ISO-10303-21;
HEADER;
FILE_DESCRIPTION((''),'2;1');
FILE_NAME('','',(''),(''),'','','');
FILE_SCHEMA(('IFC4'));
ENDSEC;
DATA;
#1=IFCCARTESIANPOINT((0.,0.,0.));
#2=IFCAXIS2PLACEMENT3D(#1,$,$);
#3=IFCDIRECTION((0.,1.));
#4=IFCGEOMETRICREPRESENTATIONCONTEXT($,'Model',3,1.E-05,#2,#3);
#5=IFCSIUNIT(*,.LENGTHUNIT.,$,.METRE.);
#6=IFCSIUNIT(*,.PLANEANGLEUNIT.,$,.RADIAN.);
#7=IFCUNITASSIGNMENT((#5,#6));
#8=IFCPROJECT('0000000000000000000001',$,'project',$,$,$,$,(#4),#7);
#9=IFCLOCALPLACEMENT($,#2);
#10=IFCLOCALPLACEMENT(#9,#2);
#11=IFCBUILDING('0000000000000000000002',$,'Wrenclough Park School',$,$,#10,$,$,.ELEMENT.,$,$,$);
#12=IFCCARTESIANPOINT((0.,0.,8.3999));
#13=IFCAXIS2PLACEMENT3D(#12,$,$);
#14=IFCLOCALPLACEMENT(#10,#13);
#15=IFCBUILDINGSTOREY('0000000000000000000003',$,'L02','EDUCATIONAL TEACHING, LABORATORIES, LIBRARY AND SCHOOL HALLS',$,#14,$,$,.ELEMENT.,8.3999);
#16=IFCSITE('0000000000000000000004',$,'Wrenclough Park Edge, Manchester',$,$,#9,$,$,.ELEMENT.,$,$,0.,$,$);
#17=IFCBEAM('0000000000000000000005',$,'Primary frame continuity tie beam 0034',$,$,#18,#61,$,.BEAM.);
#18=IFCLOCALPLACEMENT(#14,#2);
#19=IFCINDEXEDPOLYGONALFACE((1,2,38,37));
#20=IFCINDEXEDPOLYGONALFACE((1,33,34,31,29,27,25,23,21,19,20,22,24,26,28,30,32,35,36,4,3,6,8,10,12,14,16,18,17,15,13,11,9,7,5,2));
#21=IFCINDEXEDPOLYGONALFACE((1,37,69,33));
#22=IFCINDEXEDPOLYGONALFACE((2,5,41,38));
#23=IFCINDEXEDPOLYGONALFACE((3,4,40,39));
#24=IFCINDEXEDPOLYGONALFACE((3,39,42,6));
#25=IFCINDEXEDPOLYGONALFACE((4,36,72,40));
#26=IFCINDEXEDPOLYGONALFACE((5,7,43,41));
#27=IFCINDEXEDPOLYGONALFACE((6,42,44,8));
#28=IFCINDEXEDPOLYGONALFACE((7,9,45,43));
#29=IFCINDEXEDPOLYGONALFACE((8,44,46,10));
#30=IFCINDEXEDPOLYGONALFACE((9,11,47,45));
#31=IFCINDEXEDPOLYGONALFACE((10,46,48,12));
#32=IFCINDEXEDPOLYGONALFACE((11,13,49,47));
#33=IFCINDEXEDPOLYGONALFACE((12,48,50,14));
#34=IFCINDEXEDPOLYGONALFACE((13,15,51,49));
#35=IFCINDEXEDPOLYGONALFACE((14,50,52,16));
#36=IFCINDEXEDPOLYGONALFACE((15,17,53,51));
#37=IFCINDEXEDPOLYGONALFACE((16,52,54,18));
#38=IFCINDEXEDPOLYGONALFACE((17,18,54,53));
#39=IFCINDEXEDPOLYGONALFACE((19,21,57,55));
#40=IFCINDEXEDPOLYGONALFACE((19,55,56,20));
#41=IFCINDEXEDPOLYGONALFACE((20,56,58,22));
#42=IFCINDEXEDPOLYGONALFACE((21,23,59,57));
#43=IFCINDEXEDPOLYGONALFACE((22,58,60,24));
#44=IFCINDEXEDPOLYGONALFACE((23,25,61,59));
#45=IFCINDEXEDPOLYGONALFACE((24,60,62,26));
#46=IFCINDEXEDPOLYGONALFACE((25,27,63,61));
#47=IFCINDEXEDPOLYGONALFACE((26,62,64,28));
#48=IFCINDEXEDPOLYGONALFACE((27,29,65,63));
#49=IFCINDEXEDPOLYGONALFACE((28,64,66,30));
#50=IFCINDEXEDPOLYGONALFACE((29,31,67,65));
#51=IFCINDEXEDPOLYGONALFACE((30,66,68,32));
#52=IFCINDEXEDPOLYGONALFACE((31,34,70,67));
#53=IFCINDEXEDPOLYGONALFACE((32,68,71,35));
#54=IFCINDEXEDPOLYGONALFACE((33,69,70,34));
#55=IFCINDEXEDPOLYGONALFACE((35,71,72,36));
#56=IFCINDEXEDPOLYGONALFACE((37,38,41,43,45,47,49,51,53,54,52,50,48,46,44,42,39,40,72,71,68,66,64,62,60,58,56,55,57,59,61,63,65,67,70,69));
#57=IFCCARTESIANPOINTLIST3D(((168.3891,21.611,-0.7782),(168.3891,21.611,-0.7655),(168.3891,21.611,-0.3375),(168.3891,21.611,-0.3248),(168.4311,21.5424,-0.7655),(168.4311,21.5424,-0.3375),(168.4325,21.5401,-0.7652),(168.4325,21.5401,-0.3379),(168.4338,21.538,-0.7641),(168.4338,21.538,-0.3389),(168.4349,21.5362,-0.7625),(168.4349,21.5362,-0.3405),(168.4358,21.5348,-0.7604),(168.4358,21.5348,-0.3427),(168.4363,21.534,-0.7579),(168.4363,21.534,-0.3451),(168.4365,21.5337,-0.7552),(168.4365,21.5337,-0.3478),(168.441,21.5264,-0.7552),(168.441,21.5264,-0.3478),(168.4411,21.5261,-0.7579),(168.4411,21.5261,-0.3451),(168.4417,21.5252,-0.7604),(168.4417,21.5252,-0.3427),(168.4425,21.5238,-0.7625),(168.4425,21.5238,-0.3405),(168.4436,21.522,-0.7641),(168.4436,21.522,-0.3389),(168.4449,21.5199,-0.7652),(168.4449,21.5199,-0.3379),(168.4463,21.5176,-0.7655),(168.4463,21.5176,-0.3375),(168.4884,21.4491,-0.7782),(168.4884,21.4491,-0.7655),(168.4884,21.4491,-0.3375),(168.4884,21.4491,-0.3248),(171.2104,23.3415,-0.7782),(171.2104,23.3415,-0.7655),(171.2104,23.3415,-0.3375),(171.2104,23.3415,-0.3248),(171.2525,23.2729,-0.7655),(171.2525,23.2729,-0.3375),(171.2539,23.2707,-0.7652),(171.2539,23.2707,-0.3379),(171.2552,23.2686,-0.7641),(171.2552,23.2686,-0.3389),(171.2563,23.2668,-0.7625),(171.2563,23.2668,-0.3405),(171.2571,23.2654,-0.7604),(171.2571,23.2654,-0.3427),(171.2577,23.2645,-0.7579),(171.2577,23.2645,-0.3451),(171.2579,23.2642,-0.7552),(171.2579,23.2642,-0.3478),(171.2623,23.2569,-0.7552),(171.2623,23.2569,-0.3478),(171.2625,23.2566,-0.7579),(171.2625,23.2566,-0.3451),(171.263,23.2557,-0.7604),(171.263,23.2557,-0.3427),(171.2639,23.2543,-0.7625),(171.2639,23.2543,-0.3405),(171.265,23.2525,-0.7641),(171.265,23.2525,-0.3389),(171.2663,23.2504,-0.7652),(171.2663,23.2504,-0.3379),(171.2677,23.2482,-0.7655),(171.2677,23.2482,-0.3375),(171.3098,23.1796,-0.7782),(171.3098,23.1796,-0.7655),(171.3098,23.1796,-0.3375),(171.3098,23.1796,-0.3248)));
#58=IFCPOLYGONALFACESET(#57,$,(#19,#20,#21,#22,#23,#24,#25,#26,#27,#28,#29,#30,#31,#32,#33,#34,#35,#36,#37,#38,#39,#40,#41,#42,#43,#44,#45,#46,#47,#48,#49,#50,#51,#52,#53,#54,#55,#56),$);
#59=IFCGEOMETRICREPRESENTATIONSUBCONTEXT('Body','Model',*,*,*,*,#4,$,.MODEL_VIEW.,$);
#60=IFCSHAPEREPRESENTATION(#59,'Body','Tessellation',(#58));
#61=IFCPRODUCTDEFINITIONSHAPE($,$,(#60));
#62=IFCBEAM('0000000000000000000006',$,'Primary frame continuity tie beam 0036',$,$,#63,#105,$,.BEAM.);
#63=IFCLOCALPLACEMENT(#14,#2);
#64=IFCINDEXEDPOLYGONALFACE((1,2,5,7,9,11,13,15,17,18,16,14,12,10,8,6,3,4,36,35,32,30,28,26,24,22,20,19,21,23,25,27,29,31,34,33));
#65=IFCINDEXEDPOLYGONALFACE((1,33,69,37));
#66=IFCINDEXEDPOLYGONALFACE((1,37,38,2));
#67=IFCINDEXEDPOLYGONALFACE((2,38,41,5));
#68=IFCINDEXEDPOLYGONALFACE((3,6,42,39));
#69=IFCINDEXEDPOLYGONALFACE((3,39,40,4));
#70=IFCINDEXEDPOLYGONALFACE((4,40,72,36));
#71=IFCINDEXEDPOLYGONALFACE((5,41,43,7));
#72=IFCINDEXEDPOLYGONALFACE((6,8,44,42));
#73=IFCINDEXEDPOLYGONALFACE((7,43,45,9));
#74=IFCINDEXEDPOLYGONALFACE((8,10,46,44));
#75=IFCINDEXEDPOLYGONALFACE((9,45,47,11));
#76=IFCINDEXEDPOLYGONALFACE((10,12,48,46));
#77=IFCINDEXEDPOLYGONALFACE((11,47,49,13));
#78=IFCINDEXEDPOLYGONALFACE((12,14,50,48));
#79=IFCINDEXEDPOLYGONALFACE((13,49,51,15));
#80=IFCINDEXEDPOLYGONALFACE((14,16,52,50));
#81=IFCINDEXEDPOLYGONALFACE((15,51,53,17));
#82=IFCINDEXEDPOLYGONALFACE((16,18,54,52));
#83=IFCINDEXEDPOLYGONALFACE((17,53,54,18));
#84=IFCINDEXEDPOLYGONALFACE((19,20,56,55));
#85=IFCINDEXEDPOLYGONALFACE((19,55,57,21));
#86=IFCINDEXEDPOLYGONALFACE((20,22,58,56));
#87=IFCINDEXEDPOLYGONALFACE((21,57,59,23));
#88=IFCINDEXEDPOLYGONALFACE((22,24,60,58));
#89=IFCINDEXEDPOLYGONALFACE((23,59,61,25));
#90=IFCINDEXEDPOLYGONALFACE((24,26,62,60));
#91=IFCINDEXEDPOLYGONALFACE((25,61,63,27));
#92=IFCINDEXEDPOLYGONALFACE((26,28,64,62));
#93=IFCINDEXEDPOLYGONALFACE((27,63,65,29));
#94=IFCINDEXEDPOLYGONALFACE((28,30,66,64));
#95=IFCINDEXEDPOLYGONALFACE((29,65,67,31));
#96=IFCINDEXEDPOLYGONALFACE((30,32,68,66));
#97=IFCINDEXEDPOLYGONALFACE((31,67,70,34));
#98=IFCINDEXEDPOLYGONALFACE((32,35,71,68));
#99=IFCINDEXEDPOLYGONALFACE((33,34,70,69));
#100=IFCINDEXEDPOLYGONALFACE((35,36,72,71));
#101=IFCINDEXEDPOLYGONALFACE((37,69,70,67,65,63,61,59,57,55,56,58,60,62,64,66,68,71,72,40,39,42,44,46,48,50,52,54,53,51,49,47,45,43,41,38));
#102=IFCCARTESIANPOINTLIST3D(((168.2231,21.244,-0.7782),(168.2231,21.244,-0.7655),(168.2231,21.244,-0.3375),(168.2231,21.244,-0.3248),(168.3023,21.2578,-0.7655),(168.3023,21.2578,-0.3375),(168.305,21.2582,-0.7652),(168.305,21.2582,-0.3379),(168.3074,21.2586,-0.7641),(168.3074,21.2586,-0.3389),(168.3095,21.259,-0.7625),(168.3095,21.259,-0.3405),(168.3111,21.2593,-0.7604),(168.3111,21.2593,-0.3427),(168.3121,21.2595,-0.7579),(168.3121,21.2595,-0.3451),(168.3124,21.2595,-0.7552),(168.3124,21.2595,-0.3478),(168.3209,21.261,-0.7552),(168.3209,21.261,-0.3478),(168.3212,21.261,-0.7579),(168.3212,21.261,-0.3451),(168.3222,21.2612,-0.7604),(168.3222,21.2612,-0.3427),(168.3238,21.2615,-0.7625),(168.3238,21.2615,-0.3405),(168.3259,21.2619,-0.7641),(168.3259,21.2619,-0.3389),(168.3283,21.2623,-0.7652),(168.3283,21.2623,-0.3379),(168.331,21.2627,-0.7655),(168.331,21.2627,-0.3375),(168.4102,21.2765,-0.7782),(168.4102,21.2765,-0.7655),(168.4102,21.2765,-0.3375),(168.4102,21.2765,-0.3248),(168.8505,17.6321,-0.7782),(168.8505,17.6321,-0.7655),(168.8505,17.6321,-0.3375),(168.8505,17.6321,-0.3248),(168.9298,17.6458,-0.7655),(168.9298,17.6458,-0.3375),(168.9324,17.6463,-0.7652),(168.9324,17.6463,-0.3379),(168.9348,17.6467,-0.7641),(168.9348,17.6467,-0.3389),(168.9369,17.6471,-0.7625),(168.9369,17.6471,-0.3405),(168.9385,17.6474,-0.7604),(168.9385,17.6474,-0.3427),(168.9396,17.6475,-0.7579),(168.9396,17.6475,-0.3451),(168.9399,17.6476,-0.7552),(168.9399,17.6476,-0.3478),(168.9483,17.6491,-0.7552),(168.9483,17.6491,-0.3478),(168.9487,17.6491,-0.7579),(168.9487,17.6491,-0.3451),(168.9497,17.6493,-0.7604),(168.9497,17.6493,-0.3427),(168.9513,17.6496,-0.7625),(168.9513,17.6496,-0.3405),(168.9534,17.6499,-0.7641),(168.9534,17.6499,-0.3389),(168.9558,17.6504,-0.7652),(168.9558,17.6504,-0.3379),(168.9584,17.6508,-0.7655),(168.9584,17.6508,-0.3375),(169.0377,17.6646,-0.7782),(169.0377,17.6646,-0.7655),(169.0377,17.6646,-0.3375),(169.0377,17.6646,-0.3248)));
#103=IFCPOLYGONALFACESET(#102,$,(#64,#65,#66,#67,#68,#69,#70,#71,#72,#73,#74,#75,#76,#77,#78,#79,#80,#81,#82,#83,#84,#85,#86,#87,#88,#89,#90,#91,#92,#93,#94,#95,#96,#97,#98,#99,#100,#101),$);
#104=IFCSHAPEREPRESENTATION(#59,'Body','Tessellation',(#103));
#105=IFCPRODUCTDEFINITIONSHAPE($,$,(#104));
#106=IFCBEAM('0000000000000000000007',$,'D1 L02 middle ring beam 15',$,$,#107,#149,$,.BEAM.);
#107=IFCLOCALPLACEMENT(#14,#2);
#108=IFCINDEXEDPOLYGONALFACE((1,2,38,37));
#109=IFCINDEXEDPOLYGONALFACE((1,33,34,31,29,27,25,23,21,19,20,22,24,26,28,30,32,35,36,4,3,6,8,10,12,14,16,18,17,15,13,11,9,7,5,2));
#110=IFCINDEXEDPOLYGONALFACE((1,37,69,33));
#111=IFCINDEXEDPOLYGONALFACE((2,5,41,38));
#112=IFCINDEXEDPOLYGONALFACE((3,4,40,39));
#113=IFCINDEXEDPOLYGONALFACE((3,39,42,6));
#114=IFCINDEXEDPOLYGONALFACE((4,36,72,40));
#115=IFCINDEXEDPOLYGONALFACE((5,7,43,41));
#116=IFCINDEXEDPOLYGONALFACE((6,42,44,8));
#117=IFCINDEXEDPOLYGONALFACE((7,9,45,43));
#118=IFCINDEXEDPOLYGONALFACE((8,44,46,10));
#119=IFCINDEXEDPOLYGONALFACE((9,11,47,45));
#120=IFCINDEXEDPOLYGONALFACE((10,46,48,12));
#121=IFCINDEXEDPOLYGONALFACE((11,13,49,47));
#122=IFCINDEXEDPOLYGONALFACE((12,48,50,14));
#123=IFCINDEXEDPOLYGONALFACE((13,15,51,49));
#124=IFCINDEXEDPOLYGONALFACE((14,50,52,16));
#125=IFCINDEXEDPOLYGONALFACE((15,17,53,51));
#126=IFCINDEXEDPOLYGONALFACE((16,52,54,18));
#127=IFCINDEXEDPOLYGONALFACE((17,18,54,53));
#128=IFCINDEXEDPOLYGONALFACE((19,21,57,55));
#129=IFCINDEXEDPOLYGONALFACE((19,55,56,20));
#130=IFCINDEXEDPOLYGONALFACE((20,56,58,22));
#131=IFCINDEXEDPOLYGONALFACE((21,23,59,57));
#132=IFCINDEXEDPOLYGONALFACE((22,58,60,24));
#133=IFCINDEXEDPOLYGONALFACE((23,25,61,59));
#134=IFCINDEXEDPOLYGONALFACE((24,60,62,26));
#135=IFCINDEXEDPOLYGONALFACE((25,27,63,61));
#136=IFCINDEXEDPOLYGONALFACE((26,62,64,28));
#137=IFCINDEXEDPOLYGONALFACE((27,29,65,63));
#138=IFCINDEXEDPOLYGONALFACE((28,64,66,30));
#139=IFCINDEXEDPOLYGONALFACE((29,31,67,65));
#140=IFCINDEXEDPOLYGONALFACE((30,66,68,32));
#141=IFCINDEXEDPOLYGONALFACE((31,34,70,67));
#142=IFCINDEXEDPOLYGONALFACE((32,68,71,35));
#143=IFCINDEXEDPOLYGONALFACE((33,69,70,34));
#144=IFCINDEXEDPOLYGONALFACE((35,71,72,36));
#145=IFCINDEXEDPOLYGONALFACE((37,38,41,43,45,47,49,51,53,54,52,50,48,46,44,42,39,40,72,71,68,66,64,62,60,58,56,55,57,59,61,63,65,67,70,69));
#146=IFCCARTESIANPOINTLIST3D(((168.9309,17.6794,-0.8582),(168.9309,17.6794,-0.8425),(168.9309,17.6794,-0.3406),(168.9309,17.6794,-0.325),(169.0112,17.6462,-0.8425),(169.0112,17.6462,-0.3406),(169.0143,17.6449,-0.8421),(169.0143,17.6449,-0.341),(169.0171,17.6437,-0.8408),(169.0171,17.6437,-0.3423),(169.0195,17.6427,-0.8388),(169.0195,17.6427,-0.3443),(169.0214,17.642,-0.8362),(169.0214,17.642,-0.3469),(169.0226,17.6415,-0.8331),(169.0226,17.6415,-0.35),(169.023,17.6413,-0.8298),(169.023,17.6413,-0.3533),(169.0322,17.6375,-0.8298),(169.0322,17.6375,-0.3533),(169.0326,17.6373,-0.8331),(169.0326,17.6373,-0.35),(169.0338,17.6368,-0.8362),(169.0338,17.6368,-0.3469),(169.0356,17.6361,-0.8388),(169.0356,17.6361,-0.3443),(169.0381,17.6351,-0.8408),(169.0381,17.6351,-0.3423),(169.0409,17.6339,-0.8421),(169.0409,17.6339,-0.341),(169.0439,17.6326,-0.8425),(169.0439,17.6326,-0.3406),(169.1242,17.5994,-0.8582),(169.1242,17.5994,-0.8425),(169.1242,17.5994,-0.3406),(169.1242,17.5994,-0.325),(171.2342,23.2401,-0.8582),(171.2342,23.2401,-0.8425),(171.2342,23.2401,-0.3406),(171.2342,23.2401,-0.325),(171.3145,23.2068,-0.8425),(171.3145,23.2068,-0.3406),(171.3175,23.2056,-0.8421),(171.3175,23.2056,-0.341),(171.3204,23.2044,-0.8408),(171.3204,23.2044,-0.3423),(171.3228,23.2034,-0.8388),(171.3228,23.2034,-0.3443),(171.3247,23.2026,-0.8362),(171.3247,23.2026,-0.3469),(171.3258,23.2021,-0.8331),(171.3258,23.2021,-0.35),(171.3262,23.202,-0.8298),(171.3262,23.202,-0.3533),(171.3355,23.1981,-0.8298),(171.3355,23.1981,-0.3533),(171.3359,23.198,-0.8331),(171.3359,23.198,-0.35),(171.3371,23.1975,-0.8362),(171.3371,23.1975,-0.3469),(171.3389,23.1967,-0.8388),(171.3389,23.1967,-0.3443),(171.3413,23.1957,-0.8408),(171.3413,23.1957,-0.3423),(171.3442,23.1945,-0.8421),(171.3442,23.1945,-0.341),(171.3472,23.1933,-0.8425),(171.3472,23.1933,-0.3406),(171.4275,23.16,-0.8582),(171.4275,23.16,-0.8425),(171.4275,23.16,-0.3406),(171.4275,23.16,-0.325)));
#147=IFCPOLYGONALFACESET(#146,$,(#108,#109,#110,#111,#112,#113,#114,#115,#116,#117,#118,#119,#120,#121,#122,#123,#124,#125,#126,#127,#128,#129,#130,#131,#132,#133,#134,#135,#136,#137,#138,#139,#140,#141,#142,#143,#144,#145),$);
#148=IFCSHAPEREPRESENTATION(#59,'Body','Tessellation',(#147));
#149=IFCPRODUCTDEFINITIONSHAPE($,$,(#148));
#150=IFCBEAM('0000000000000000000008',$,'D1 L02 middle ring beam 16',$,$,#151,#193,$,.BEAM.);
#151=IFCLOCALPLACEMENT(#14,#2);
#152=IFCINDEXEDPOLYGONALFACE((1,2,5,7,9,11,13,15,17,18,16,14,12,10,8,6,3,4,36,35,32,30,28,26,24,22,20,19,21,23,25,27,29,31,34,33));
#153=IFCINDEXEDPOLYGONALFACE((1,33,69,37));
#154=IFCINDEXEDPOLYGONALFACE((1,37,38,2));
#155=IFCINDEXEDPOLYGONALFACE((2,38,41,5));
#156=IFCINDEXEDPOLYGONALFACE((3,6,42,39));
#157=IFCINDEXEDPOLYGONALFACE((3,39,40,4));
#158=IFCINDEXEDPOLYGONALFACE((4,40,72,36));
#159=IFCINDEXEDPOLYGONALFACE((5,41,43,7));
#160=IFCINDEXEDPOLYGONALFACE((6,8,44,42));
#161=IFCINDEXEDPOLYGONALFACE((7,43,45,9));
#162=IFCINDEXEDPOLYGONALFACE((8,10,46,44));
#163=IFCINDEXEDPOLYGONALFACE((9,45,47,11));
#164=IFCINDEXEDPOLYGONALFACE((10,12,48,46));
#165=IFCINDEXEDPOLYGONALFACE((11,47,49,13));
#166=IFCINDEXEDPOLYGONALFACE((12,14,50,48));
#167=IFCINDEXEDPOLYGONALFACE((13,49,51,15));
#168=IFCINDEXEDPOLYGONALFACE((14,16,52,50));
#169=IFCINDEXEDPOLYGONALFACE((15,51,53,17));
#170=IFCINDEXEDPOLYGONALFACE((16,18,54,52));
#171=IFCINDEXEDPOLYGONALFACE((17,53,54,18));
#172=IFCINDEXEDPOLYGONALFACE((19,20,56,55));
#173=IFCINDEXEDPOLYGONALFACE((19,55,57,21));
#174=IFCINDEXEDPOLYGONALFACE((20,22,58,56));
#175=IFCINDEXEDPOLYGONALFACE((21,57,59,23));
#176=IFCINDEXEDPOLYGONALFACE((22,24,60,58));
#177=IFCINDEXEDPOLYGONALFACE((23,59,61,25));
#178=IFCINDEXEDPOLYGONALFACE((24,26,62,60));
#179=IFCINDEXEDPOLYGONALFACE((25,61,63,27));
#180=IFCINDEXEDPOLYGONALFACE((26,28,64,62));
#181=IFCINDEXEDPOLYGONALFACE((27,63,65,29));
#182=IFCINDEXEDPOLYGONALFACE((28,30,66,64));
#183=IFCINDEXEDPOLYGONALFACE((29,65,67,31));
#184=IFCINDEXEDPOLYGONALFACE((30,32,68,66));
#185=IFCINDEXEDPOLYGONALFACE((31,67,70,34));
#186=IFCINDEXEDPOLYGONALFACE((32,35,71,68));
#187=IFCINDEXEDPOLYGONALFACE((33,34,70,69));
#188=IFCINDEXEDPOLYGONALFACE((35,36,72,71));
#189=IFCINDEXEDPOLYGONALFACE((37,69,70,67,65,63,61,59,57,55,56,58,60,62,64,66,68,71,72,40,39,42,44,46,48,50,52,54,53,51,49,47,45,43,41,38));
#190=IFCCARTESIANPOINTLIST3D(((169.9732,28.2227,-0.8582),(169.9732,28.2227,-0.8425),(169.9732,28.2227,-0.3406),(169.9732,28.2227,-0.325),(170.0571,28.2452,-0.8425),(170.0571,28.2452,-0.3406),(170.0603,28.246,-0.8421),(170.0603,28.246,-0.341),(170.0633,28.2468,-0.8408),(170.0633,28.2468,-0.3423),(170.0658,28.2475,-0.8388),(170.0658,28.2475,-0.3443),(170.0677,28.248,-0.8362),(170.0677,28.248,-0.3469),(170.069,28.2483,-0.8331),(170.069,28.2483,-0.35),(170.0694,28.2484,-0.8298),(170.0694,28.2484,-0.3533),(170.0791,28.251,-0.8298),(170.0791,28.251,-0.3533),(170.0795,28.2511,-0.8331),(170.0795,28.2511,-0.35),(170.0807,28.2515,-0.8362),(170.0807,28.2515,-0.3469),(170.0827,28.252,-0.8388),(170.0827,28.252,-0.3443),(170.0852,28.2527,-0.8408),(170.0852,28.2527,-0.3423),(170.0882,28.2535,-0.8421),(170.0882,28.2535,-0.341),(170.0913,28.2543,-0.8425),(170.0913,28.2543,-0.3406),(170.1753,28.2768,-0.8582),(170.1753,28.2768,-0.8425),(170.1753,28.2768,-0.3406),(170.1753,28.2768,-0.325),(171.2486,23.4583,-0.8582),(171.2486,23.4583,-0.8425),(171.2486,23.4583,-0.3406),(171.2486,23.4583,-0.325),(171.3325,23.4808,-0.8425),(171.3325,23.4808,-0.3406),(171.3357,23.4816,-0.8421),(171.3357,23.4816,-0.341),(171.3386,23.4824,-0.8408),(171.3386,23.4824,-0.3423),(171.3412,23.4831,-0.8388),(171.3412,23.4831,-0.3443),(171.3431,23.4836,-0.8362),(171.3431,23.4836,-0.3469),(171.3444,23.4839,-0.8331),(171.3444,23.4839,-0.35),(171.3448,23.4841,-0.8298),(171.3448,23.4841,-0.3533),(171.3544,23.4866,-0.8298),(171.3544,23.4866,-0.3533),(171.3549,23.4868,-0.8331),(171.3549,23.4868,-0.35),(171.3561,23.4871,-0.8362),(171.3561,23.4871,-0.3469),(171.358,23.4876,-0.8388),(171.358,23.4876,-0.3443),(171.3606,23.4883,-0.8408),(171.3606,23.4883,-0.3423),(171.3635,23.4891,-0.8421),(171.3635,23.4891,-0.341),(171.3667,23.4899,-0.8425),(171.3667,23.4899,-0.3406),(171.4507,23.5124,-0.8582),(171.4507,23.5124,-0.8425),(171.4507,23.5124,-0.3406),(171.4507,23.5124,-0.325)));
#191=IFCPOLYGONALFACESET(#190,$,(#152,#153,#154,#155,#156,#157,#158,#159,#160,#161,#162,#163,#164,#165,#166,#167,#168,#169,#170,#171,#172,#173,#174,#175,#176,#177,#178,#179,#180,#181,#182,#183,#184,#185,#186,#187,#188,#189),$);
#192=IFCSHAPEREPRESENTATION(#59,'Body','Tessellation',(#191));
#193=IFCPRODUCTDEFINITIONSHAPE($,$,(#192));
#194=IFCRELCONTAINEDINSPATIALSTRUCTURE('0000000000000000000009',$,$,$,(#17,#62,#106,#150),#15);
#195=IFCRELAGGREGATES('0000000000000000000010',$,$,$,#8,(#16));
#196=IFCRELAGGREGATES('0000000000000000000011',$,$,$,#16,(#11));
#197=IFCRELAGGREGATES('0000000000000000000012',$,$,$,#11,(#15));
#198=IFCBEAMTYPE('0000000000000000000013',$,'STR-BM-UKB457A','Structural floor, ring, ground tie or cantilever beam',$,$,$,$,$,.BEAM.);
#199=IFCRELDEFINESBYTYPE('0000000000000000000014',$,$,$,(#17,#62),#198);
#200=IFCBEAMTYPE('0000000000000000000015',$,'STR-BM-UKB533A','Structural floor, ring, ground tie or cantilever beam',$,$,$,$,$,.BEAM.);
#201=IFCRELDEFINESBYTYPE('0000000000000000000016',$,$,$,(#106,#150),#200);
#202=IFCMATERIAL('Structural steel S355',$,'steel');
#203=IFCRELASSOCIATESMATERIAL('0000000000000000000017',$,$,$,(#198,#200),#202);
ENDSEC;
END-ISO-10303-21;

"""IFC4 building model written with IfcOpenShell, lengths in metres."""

from ifc_helpers import new_model, si_unit, direction, frame, origin, origin_2d, place, context, subcontext, project, spatial, i_section, extrude, material, material_profile, profile_set, type_object, element, save


model = new_model("IFC4")

# Units and contexts
model_context = context("Model", 3, precision=1e-05, world=origin(), true_north=direction((0.0, 1.0)))
body_context = subcontext(model_context, "Body", "Model", "MODEL_VIEW")
ifc_project = project(units=[si_unit("LENGTHUNIT", "METRE"), si_unit("PLANEANGLEUNIT", "RADIAN")], contexts=[model_context])

# Site, building, storey
site_placement = place(None, origin())
site = spatial("IfcSite", under=ifc_project, at=site_placement, Name="Wrenclough Park Edge, Manchester", CompositionType="ELEMENT", RefElevation=0.0)
building_placement = place(site_placement, origin())
building = spatial("IfcBuilding", under=site, at=building_placement, Name="Wrenclough Park School", CompositionType="ELEMENT")
storey_placement = place(building_placement, frame((0.0, 0.0, 8.3999)))
storey = spatial("IfcBuildingStorey", under=building, at=storey_placement, Name="L02", Description="EDUCATIONAL TEACHING, LABORATORIES, LIBRARY AND SCHOOL HALLS", CompositionType="ELEMENT", Elevation=8.3999)

# Shared definitions
ifc_material_1 = material(Name="Structural steel S355", Category="steel")

# Beams
ifc_material_profile_1 = material_profile(ifc_material_1, i_section(OverallWidth=0.1899, OverallDepth=0.4534, WebThickness=0.0085, FlangeThickness=0.0127, FilletRadius=0.0103, at=origin_2d()), Name="UKB 457x191x67")
ifc_profile_set_1 = profile_set([ifc_material_profile_1], Name="Structural steel S355")
beam_type_1 = type_object("IfcBeamType", Name="STR-BM-UKB457A", Description="Structural floor, ring, ground tie or cantilever beam", PredefinedType="BEAM", material=ifc_profile_set_1)
beam_1_placement = place(storey_placement, frame((168.4387, 21.53, -0.5515), z_axis=(0.852427, 0.522846, 0.0), x_axis=(-0.522846, 0.852427, 0.0)))
element("IfcBeam", 1, at=beam_1_placement, inside=storey, type_object=beam_type_1, Name="Primary frame continuity tie beam 0034", PredefinedType="BEAM", context=body_context, shape_type="SweptSolid", body=[
    extrude(i_section(OverallWidth=0.1899, OverallDepth=0.4534, WebThickness=0.0085, FlangeThickness=0.0127, FilletRadius=0.0103, at=origin_2d()), origin(), (0.0, 0.0, 1.0), 3.3098),
])
beam_2_placement = place(storey_placement, frame((168.3167, 21.2603, -0.5515), z_axis=(0.171156, -0.985244, 0.0), x_axis=(0.985244, 0.171156, 0.0)))
element("IfcBeam", 2, at=beam_2_placement, inside=storey, type_object=beam_type_1, Name="Primary frame continuity tie beam 0036", PredefinedType="BEAM", context=body_context, shape_type="SweptSolid", body=[
    extrude(i_section(OverallWidth=0.1899, OverallDepth=0.4534, WebThickness=0.0085, FlangeThickness=0.0127, FilletRadius=0.0103, at=origin_2d()), origin(), (0.0, 0.0, 1.0), 3.666),
])
ifc_material_profile_2 = material_profile(ifc_material_1, i_section(OverallWidth=0.2092, OverallDepth=0.5332, WebThickness=0.01, FlangeThickness=0.0156, FilletRadius=0.0127, at=origin_2d()), Name="UKB 533x210x92")
ifc_profile_set_2 = profile_set([ifc_material_profile_2], Name="Structural steel S355")
beam_type_2 = type_object("IfcBeamType", Name="STR-BM-UKB533A", Description="Structural floor, ring, ground tie or cantilever beam", PredefinedType="BEAM", material=ifc_profile_set_2)
beam_3_placement = place(storey_placement, frame((169.0276, 17.6394, -0.5916), z_axis=(0.382679, 0.923881, 0.0), x_axis=(-0.923881, 0.382679, 0.0)))
element("IfcBeam", 3, at=beam_3_placement, inside=storey, type_object=beam_type_2, Name="D1 L02 middle ring beam 15", PredefinedType="BEAM", context=body_context, shape_type="SweptSolid", body=[
    extrude(i_section(OverallWidth=0.2092, OverallDepth=0.5332, WebThickness=0.01, FlangeThickness=0.0156, FilletRadius=0.0127, at=origin_2d()), origin(), (0.0, 0.0, 1.0), 6.0188),
])
beam_4_placement = place(storey_placement, frame((171.3496, 23.4854, -0.5916), z_axis=(-0.258587, 0.965988, 0.0), x_axis=(-0.965988, -0.258587, 0.0)))
element("IfcBeam", 4, at=beam_4_placement, inside=storey, type_object=beam_type_2, Name="D1 L02 middle ring beam 16", PredefinedType="BEAM", context=body_context, shape_type="SweptSolid", body=[
    extrude(i_section(OverallWidth=0.2092, OverallDepth=0.5332, WebThickness=0.01, FlangeThickness=0.0156, FilletRadius=0.0127, at=origin_2d()), origin(), (0.0, 0.0, 1.0), 4.9321),
])

save(model, "model.ifc")
